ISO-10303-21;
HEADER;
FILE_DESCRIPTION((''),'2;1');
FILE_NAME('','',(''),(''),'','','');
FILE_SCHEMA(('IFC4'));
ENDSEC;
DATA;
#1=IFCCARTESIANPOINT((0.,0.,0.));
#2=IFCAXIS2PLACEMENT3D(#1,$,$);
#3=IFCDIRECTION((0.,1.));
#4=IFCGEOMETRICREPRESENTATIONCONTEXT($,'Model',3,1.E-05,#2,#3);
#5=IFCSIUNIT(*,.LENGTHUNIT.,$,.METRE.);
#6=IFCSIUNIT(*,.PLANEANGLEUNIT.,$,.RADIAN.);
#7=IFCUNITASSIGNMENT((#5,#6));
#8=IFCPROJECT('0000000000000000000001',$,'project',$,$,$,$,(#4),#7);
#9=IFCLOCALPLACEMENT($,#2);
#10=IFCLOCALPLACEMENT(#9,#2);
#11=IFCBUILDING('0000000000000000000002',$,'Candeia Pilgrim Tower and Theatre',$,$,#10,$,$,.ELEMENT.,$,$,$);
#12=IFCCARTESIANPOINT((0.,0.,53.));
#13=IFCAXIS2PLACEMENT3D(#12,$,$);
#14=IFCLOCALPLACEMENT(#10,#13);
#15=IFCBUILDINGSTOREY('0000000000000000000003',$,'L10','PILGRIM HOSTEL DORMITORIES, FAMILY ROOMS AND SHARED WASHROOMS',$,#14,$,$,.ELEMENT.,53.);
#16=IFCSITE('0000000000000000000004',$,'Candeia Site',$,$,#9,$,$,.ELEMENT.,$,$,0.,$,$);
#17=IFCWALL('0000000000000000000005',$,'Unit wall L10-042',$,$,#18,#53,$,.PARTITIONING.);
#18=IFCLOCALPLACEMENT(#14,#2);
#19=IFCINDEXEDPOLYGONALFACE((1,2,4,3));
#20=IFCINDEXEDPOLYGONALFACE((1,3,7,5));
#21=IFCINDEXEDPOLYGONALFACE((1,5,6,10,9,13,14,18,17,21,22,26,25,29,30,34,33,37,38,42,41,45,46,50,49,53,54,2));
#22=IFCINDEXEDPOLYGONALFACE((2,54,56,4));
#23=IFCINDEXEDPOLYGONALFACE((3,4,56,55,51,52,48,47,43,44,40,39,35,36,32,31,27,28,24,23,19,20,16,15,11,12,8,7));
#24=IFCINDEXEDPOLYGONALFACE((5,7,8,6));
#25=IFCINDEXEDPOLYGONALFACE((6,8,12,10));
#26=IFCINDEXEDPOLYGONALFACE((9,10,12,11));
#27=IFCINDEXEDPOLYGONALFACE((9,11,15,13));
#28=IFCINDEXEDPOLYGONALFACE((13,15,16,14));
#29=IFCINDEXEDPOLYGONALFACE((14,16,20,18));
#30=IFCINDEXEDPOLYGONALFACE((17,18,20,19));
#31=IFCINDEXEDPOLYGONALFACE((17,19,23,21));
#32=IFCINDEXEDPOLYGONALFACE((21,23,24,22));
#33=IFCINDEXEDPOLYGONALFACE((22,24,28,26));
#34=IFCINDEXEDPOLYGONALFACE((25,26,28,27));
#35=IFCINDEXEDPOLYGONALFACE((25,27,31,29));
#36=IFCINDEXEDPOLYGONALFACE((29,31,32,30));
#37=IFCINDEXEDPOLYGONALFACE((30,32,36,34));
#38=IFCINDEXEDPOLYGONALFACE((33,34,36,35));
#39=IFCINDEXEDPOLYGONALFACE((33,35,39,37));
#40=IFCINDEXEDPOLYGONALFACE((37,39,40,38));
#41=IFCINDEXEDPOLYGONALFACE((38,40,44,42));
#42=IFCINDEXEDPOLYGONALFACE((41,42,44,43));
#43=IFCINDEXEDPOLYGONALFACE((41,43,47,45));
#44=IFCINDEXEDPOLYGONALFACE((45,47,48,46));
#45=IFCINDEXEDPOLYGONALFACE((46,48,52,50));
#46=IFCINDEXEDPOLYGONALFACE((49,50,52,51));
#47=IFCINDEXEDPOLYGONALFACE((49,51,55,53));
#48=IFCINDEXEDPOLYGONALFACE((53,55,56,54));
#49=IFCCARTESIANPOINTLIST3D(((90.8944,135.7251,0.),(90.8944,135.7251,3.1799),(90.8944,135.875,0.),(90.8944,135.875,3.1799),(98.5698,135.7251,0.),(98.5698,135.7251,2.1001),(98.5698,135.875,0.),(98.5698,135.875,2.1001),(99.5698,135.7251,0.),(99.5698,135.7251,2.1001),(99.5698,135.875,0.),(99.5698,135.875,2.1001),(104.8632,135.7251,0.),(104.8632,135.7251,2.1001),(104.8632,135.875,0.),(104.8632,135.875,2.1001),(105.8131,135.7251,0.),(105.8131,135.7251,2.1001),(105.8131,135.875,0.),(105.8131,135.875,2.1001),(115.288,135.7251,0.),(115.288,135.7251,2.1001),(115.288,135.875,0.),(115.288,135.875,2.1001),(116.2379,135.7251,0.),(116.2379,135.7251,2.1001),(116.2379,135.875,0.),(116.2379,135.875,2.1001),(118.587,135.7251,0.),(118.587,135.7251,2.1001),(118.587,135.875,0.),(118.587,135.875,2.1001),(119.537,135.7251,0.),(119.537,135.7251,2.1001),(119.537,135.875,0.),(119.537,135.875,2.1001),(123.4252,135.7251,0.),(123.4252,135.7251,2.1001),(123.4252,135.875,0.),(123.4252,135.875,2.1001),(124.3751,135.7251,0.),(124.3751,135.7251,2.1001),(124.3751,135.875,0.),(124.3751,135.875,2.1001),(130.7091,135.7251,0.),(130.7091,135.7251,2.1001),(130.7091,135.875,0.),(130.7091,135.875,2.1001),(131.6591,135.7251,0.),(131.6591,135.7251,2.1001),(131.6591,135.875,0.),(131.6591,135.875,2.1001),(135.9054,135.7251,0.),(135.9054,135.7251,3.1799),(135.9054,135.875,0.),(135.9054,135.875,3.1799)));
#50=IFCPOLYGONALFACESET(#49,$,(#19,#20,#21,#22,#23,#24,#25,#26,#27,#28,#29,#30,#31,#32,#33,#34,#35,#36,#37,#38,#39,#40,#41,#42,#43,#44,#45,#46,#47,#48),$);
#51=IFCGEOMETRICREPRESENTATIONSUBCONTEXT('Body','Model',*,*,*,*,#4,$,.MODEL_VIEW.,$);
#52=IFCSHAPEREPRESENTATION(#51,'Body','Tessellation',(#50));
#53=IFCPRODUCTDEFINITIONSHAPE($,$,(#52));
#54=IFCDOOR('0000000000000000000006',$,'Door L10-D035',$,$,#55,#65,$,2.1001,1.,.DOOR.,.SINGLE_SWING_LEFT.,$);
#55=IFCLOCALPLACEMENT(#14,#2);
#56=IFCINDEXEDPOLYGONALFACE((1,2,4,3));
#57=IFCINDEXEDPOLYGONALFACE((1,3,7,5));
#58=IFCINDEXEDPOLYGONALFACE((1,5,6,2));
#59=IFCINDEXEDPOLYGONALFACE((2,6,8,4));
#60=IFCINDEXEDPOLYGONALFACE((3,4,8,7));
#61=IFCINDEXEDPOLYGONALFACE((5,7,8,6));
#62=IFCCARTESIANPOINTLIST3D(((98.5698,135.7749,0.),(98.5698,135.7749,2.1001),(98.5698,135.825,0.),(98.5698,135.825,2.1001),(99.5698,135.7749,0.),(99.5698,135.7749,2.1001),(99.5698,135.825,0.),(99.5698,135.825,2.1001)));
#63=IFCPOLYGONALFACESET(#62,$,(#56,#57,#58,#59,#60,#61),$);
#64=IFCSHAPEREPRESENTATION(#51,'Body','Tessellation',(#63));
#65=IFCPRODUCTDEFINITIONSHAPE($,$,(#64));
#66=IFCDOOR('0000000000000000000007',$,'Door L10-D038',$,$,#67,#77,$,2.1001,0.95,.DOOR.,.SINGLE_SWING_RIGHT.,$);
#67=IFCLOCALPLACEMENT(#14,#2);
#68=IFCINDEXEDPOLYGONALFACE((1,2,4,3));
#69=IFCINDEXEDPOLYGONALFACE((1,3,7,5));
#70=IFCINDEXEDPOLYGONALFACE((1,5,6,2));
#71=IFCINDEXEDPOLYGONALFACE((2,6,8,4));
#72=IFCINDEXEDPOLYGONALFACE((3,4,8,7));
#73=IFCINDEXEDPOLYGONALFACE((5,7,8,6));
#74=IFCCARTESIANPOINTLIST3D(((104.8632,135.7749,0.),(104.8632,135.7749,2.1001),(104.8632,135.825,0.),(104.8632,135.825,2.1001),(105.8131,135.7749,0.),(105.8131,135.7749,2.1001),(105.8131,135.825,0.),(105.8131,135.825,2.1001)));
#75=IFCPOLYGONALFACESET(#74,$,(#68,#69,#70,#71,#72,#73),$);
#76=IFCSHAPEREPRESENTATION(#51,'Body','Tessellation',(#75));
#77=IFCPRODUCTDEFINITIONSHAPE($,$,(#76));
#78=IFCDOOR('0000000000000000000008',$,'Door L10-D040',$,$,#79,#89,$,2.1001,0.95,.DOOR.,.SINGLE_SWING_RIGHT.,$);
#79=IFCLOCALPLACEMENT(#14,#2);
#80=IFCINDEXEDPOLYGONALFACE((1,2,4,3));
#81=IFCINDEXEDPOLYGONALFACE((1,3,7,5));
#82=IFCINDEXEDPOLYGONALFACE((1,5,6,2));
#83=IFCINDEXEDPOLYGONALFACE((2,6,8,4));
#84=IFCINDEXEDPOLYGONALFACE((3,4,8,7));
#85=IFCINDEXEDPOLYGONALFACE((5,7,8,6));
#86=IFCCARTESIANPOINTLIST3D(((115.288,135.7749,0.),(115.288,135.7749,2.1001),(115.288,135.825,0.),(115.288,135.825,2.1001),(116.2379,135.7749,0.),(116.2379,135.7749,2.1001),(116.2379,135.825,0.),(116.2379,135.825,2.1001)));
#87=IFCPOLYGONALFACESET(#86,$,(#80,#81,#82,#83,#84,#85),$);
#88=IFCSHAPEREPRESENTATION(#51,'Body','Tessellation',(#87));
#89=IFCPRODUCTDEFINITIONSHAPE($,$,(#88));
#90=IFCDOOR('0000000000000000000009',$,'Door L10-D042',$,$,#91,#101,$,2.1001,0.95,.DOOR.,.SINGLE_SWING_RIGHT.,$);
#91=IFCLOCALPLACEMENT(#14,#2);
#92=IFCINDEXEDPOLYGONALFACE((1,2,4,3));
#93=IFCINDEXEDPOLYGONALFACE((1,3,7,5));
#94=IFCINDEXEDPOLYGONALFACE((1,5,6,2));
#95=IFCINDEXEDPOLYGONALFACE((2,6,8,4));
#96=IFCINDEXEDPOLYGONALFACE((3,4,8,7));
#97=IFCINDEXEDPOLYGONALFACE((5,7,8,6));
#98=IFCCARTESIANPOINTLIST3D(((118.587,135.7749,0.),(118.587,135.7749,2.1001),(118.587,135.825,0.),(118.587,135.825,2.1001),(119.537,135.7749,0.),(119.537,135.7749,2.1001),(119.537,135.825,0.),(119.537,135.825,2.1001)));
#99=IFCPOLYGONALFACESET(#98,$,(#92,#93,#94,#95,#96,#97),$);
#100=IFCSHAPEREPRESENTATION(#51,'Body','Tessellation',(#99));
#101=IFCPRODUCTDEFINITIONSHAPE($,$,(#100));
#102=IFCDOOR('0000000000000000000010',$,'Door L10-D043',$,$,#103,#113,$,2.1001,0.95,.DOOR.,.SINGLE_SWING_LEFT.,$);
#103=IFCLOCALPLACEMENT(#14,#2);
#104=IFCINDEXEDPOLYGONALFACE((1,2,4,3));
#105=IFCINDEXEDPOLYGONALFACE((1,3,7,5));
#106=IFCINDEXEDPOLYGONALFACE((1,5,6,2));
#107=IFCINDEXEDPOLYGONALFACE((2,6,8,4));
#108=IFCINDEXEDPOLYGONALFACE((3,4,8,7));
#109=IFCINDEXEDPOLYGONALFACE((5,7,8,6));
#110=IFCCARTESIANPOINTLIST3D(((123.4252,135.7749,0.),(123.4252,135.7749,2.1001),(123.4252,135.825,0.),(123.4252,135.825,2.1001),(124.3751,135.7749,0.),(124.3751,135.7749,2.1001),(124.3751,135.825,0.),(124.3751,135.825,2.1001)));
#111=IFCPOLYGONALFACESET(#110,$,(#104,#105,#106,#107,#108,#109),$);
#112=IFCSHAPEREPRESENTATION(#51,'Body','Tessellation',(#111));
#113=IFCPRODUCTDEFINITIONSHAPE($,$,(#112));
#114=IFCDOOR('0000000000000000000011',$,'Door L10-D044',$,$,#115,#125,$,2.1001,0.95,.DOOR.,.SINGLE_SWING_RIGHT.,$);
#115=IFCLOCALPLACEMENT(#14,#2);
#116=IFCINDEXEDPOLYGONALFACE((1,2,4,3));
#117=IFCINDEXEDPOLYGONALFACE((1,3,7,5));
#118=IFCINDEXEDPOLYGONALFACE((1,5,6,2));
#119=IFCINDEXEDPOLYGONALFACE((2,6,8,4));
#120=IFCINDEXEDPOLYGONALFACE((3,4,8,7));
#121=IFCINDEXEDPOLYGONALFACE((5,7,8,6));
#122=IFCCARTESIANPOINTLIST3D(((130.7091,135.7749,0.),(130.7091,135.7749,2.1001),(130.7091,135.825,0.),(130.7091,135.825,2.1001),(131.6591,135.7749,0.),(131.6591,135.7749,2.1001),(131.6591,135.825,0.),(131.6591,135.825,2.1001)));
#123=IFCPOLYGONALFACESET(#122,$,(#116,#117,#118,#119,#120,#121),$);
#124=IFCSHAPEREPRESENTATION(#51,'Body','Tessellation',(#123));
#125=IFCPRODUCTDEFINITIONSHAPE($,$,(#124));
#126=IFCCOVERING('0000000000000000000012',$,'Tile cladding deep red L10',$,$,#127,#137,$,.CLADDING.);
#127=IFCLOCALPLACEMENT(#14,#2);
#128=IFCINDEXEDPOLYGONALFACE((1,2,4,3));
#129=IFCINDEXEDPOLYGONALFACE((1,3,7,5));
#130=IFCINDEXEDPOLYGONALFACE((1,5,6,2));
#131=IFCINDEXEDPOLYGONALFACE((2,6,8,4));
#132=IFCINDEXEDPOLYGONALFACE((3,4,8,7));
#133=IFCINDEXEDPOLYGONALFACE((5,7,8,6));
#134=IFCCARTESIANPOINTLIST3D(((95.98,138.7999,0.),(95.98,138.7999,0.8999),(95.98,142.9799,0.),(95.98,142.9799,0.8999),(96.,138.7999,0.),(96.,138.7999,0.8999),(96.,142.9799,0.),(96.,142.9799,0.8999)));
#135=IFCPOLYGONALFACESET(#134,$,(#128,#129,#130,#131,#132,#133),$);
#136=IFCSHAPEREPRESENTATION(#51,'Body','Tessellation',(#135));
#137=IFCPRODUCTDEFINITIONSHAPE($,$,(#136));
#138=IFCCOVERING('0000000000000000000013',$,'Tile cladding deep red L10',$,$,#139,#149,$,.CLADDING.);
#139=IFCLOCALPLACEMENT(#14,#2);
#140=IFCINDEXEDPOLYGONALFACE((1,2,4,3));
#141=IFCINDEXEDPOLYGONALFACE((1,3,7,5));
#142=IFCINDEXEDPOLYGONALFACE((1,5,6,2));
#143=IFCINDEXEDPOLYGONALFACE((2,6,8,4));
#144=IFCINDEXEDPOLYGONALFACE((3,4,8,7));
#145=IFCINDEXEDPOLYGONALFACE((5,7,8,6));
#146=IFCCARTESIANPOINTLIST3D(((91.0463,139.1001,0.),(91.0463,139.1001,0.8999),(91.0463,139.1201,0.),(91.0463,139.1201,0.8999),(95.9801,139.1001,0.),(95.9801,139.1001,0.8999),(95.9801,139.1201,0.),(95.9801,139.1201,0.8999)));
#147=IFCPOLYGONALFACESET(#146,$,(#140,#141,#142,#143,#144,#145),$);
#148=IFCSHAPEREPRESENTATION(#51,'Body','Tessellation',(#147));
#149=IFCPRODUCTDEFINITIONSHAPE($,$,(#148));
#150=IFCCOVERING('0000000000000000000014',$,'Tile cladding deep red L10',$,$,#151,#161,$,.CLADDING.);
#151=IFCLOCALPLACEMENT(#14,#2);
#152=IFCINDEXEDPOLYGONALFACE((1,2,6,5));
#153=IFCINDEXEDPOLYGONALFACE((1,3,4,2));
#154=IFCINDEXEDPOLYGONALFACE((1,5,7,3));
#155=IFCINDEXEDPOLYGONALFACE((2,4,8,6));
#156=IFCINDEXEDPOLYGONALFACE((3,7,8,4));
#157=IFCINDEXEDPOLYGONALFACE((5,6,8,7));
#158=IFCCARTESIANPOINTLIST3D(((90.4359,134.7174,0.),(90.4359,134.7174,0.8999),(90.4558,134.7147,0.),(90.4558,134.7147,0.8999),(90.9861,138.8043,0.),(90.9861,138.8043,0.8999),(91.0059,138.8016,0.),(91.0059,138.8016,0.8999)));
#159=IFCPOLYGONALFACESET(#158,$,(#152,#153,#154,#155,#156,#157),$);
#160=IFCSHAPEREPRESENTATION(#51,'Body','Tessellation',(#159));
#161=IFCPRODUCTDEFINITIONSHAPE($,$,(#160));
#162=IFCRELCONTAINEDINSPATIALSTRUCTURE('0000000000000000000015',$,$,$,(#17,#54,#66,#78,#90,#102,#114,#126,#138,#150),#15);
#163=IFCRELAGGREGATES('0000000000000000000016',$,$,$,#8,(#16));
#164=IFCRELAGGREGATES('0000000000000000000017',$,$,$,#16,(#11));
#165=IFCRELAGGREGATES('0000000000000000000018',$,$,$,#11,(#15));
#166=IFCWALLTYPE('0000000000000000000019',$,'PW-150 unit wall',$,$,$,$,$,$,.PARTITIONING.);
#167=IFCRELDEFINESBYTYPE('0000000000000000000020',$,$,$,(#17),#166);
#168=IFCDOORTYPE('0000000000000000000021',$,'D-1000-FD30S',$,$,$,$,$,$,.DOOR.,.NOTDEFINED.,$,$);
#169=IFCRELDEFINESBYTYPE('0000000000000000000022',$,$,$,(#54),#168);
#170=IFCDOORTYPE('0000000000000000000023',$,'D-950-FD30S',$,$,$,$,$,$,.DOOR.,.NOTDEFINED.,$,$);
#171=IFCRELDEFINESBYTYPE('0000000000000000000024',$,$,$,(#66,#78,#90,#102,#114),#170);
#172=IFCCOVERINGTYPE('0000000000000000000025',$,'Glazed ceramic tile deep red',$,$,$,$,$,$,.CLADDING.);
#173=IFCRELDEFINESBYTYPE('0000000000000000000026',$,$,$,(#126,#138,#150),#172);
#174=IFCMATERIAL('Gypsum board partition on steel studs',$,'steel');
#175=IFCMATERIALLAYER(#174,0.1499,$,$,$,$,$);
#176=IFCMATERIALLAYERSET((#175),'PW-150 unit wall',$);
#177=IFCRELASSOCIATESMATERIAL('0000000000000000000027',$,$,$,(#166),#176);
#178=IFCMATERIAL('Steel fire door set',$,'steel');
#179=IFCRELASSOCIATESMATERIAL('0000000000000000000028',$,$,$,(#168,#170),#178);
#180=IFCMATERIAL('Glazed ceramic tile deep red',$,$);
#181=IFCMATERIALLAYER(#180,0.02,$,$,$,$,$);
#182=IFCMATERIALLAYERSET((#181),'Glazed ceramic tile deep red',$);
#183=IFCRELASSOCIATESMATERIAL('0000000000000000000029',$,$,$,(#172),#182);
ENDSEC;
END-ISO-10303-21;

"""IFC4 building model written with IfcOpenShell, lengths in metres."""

from ifc_helpers import new_model, si_unit, direction, frame, frame_2d, origin, origin_2d, place, context, subcontext, project, spatial, rectangle, extrude, material, layer, layer_set, type_object, element, fill, save


model = new_model("IFC4")

# Units and contexts
model_context = context("Model", 3, precision=1e-05, world=origin(), true_north=direction((0.0, 1.0)))
body_context = subcontext(model_context, "Body", "Model", "MODEL_VIEW")
ifc_project = project(units=[si_unit("LENGTHUNIT", "METRE"), si_unit("PLANEANGLEUNIT", "RADIAN")], contexts=[model_context])

# Site, building, storey
site_placement = place(None, origin())
site = spatial("IfcSite", under=ifc_project, at=site_placement, Name="Candeia Site", CompositionType="ELEMENT", RefElevation=0.0)
building_placement = place(site_placement, origin())
building = spatial("IfcBuilding", under=site, at=building_placement, Name="Candeia Pilgrim Tower and Theatre", CompositionType="ELEMENT")
storey_placement = place(building_placement, frame((0.0, 0.0, 53.0)))
storey = spatial("IfcBuildingStorey", under=building, at=storey_placement, Name="L10", Description="PILGRIM HOSTEL DORMITORIES, FAMILY ROOMS AND SHARED WASHROOMS", CompositionType="ELEMENT", Elevation=53.0)

# Shared definitions
ifc_material_1 = material(Name="Gypsum board partition on steel studs", Category="steel")

# Wall, openings, doors
ifc_layer_1 = layer(ifc_material_1, 0.1499)
ifc_layer_set_1 = layer_set([ifc_layer_1], Name="PW-150 unit wall")
wall_type_1 = type_object("IfcWallType", Name="PW-150 unit wall", PredefinedType="PARTITIONING", material=ifc_layer_set_1)
wall_1_placement = place(storey_placement, frame((90.8945, 135.8, 0.0), z_axis=(0.0, 0.0, 1.0), x_axis=(1.0, 0.0, 0.0)))
wall_1 = element("IfcWall", 1, at=wall_1_placement, inside=storey, type_object=wall_type_1, Name="Unit wall L10-042", PredefinedType="PARTITIONING", context=body_context, shape_type="SweptSolid", body=[
    extrude(rectangle(XDim=45.011, YDim=0.1499, at=frame_2d((22.5054, 0.0))), origin(), (0.0, 0.0, 1.0), 3.1799),
])
opening_1_placement = place(wall_1_placement, frame((7.6753, 0.0, 0.0)))
opening_1 = element("IfcOpeningElement", 2, at=opening_1_placement, cuts=wall_1, PredefinedType="OPENING", context=body_context, shape_type="SweptSolid", body=[
    extrude(rectangle(XDim=1.0, YDim=2.1001, at=frame_2d((0.5, 1.05))), frame((0.0, 0.085, 0.0), z_axis=(0.0, -1.0, 0.0), x_axis=(1.0, 0.0, 0.0)), (0.0, 0.0, 1.0), 0.1699),
])
opening_2_placement = place(wall_1_placement, frame((13.9685, 0.0, 0.0)))
opening_2 = element("IfcOpeningElement", 3, at=opening_2_placement, cuts=wall_1, PredefinedType="OPENING", context=body_context, shape_type="SweptSolid", body=[
    extrude(rectangle(XDim=0.95, YDim=2.1001, at=frame_2d((0.4751, 1.05))), frame((0.0, 0.085, 0.0), z_axis=(0.0, -1.0, 0.0), x_axis=(1.0, 0.0, 0.0)), (0.0, 0.0, 1.0), 0.1699),
])
opening_3_placement = place(wall_1_placement, frame((24.3933, 0.0, 0.0)))
opening_3 = element("IfcOpeningElement", 4, at=opening_3_placement, cuts=wall_1, PredefinedType="OPENING", context=body_context, shape_type="SweptSolid", body=[
    extrude(rectangle(XDim=0.95, YDim=2.1001, at=frame_2d((0.4751, 1.05))), frame((0.0, 0.085, 0.0), z_axis=(0.0, -1.0, 0.0), x_axis=(1.0, 0.0, 0.0)), (0.0, 0.0, 1.0), 0.1699),
])
opening_4_placement = place(wall_1_placement, frame((27.6924, 0.0, 0.0)))
opening_4 = element("IfcOpeningElement", 5, at=opening_4_placement, cuts=wall_1, PredefinedType="OPENING", context=body_context, shape_type="SweptSolid", body=[
    extrude(rectangle(XDim=0.95, YDim=2.1001, at=frame_2d((0.4751, 1.05))), frame((0.0, 0.085, 0.0), z_axis=(0.0, -1.0, 0.0), x_axis=(1.0, 0.0, 0.0)), (0.0, 0.0, 1.0), 0.1699),
])
opening_5_placement = place(wall_1_placement, frame((32.5305, 0.0, 0.0)))
opening_5 = element("IfcOpeningElement", 6, at=opening_5_placement, cuts=wall_1, PredefinedType="OPENING", context=body_context, shape_type="SweptSolid", body=[
    extrude(rectangle(XDim=0.95, YDim=2.1001, at=frame_2d((0.4751, 1.05))), frame((0.0, 0.085, 0.0), z_axis=(0.0, -1.0, 0.0), x_axis=(1.0, 0.0, 0.0)), (0.0, 0.0, 1.0), 0.1699),
])
opening_6_placement = place(wall_1_placement, frame((39.8145, 0.0, 0.0)))
opening_6 = element("IfcOpeningElement", 7, at=opening_6_placement, cuts=wall_1, PredefinedType="OPENING", context=body_context, shape_type="SweptSolid", body=[
    extrude(rectangle(XDim=0.95, YDim=2.1001, at=frame_2d((0.4751, 1.05))), frame((0.0, 0.085, 0.0), z_axis=(0.0, -1.0, 0.0), x_axis=(1.0, 0.0, 0.0)), (0.0, 0.0, 1.0), 0.1699),
])
ifc_material_2 = material(Name="Steel fire door set", Category="steel")
door_type_1 = type_object("IfcDoorType", Name="D-1000-FD30S", OperationType="NOTDEFINED", PredefinedType="DOOR", material=ifc_material_2)
door_1_placement = place(opening_1_placement, origin())
door_1 = element("IfcDoor", 8, at=door_1_placement, inside=storey, type_object=door_type_1, Name="Door L10-D035", OperationType="SINGLE_SWING_LEFT", OverallHeight=2.1001, OverallWidth=1.0, PredefinedType="DOOR", context=body_context, shape_type="SweptSolid", body=[
    extrude(rectangle(XDim=1.0, YDim=2.1001, at=frame_2d((0.5, 1.05))), frame((0.0, 0.0249, 0.0), z_axis=(0.0, -1.0, 0.0), x_axis=(1.0, 0.0, 0.0)), (0.0, 0.0, 1.0), 0.05),
])
fill(opening_1, door_1)
door_type_2 = type_object("IfcDoorType", Name="D-950-FD30S", OperationType="NOTDEFINED", PredefinedType="DOOR", material=ifc_material_2)
door_2_placement = place(opening_2_placement, origin())
door_2 = element("IfcDoor", 9, at=door_2_placement, inside=storey, type_object=door_type_2, Name="Door L10-D038", OperationType="SINGLE_SWING_RIGHT", OverallHeight=2.1001, OverallWidth=0.95, PredefinedType="DOOR", context=body_context, shape_type="SweptSolid", body=[
    extrude(rectangle(XDim=0.95, YDim=2.1001, at=frame_2d((0.4751, 1.05))), frame((0.0, 0.0249, 0.0), z_axis=(0.0, -1.0, 0.0), x_axis=(1.0, 0.0, 0.0)), (0.0, 0.0, 1.0), 0.05),
])
fill(opening_2, door_2)
door_3_placement = place(opening_3_placement, origin())
door_3 = element("IfcDoor", 10, at=door_3_placement, inside=storey, type_object=door_type_2, Name="Door L10-D040", OperationType="SINGLE_SWING_RIGHT", OverallHeight=2.1001, OverallWidth=0.95, PredefinedType="DOOR", context=body_context, shape_type="SweptSolid", body=[
    extrude(rectangle(XDim=0.95, YDim=2.1001, at=frame_2d((0.4751, 1.05))), frame((0.0, 0.0249, 0.0), z_axis=(0.0, -1.0, 0.0), x_axis=(1.0, 0.0, 0.0)), (0.0, 0.0, 1.0), 0.05),
])
fill(opening_3, door_3)
door_4_placement = place(opening_4_placement, origin())
door_4 = element("IfcDoor", 11, at=door_4_placement, inside=storey, type_object=door_type_2, Name="Door L10-D042", OperationType="SINGLE_SWING_RIGHT", OverallHeight=2.1001, OverallWidth=0.95, PredefinedType="DOOR", context=body_context, shape_type="SweptSolid", body=[
    extrude(rectangle(XDim=0.95, YDim=2.1001, at=frame_2d((0.4751, 1.05))), frame((0.0, 0.0249, 0.0), z_axis=(0.0, -1.0, 0.0), x_axis=(1.0, 0.0, 0.0)), (0.0, 0.0, 1.0), 0.05),
])
fill(opening_4, door_4)
door_5_placement = place(opening_5_placement, origin())
door_5 = element("IfcDoor", 12, at=door_5_placement, inside=storey, type_object=door_type_2, Name="Door L10-D043", OperationType="SINGLE_SWING_LEFT", OverallHeight=2.1001, OverallWidth=0.95, PredefinedType="DOOR", context=body_context, shape_type="SweptSolid", body=[
    extrude(rectangle(XDim=0.95, YDim=2.1001, at=frame_2d((0.4751, 1.05))), frame((0.0, 0.0249, 0.0), z_axis=(0.0, -1.0, 0.0), x_axis=(1.0, 0.0, 0.0)), (0.0, 0.0, 1.0), 0.05),
])
fill(opening_5, door_5)
door_6_placement = place(opening_6_placement, origin())
door_6 = element("IfcDoor", 13, at=door_6_placement, inside=storey, type_object=door_type_2, Name="Door L10-D044", OperationType="SINGLE_SWING_RIGHT", OverallHeight=2.1001, OverallWidth=0.95, PredefinedType="DOOR", context=body_context, shape_type="SweptSolid", body=[
    extrude(rectangle(XDim=0.95, YDim=2.1001, at=frame_2d((0.4751, 1.05))), frame((0.0, 0.0249, 0.0), z_axis=(0.0, -1.0, 0.0), x_axis=(1.0, 0.0, 0.0)), (0.0, 0.0, 1.0), 0.05),
])
fill(opening_6, door_6)

# Coverings
ifc_material_3 = material(Name="Glazed ceramic tile deep red")
ifc_layer_2 = layer(ifc_material_3, 0.02)
ifc_layer_set_2 = layer_set([ifc_layer_2], Name="Glazed ceramic tile deep red")
covering_type = type_object("IfcCoveringType", Name="Glazed ceramic tile deep red", PredefinedType="CLADDING", material=ifc_layer_set_2)
covering_1_placement = place(storey_placement, frame((95.99, 140.8899, 0.0), z_axis=(0.0, 0.0, 1.0), x_axis=(0.0, -1.0, 0.0)))
element("IfcCovering", 14, at=covering_1_placement, inside=storey, type_object=covering_type, Name="Tile cladding deep red L10", PredefinedType="CLADDING", context=body_context, shape_type="SweptSolid", body=[
    extrude(rectangle(XDim=4.1799, YDim=0.02, at=origin_2d()), origin(), (0.0, 0.0, 1.0), 0.8999),
])
covering_2_placement = place(storey_placement, frame((93.5132, 139.1101, 0.0), z_axis=(0.0, 0.0, 1.0), x_axis=(-1.0, 0.0, 0.0)))
element("IfcCovering", 15, at=covering_2_placement, inside=storey, type_object=covering_type, Name="Tile cladding deep red L10", PredefinedType="CLADDING", context=body_context, shape_type="SweptSolid", body=[
    extrude(rectangle(XDim=4.9338, YDim=0.02, at=origin_2d()), origin(), (0.0, 0.0, 1.0), 0.8999),
])
covering_3_placement = place(storey_placement, frame((90.7209, 136.7595, 0.0), z_axis=(0.0, 0.0, 1.0), x_axis=(-0.133412, -0.991061, 0.0)))
element("IfcCovering", 16, at=covering_3_placement, inside=storey, type_object=covering_type, Name="Tile cladding deep red L10", PredefinedType="CLADDING", context=body_context, shape_type="SweptSolid", body=[
    extrude(rectangle(XDim=4.1238, YDim=0.02, at=origin_2d()), origin(), (0.0, 0.0, 1.0), 0.8999),
])

save(model, "model.ifc")
